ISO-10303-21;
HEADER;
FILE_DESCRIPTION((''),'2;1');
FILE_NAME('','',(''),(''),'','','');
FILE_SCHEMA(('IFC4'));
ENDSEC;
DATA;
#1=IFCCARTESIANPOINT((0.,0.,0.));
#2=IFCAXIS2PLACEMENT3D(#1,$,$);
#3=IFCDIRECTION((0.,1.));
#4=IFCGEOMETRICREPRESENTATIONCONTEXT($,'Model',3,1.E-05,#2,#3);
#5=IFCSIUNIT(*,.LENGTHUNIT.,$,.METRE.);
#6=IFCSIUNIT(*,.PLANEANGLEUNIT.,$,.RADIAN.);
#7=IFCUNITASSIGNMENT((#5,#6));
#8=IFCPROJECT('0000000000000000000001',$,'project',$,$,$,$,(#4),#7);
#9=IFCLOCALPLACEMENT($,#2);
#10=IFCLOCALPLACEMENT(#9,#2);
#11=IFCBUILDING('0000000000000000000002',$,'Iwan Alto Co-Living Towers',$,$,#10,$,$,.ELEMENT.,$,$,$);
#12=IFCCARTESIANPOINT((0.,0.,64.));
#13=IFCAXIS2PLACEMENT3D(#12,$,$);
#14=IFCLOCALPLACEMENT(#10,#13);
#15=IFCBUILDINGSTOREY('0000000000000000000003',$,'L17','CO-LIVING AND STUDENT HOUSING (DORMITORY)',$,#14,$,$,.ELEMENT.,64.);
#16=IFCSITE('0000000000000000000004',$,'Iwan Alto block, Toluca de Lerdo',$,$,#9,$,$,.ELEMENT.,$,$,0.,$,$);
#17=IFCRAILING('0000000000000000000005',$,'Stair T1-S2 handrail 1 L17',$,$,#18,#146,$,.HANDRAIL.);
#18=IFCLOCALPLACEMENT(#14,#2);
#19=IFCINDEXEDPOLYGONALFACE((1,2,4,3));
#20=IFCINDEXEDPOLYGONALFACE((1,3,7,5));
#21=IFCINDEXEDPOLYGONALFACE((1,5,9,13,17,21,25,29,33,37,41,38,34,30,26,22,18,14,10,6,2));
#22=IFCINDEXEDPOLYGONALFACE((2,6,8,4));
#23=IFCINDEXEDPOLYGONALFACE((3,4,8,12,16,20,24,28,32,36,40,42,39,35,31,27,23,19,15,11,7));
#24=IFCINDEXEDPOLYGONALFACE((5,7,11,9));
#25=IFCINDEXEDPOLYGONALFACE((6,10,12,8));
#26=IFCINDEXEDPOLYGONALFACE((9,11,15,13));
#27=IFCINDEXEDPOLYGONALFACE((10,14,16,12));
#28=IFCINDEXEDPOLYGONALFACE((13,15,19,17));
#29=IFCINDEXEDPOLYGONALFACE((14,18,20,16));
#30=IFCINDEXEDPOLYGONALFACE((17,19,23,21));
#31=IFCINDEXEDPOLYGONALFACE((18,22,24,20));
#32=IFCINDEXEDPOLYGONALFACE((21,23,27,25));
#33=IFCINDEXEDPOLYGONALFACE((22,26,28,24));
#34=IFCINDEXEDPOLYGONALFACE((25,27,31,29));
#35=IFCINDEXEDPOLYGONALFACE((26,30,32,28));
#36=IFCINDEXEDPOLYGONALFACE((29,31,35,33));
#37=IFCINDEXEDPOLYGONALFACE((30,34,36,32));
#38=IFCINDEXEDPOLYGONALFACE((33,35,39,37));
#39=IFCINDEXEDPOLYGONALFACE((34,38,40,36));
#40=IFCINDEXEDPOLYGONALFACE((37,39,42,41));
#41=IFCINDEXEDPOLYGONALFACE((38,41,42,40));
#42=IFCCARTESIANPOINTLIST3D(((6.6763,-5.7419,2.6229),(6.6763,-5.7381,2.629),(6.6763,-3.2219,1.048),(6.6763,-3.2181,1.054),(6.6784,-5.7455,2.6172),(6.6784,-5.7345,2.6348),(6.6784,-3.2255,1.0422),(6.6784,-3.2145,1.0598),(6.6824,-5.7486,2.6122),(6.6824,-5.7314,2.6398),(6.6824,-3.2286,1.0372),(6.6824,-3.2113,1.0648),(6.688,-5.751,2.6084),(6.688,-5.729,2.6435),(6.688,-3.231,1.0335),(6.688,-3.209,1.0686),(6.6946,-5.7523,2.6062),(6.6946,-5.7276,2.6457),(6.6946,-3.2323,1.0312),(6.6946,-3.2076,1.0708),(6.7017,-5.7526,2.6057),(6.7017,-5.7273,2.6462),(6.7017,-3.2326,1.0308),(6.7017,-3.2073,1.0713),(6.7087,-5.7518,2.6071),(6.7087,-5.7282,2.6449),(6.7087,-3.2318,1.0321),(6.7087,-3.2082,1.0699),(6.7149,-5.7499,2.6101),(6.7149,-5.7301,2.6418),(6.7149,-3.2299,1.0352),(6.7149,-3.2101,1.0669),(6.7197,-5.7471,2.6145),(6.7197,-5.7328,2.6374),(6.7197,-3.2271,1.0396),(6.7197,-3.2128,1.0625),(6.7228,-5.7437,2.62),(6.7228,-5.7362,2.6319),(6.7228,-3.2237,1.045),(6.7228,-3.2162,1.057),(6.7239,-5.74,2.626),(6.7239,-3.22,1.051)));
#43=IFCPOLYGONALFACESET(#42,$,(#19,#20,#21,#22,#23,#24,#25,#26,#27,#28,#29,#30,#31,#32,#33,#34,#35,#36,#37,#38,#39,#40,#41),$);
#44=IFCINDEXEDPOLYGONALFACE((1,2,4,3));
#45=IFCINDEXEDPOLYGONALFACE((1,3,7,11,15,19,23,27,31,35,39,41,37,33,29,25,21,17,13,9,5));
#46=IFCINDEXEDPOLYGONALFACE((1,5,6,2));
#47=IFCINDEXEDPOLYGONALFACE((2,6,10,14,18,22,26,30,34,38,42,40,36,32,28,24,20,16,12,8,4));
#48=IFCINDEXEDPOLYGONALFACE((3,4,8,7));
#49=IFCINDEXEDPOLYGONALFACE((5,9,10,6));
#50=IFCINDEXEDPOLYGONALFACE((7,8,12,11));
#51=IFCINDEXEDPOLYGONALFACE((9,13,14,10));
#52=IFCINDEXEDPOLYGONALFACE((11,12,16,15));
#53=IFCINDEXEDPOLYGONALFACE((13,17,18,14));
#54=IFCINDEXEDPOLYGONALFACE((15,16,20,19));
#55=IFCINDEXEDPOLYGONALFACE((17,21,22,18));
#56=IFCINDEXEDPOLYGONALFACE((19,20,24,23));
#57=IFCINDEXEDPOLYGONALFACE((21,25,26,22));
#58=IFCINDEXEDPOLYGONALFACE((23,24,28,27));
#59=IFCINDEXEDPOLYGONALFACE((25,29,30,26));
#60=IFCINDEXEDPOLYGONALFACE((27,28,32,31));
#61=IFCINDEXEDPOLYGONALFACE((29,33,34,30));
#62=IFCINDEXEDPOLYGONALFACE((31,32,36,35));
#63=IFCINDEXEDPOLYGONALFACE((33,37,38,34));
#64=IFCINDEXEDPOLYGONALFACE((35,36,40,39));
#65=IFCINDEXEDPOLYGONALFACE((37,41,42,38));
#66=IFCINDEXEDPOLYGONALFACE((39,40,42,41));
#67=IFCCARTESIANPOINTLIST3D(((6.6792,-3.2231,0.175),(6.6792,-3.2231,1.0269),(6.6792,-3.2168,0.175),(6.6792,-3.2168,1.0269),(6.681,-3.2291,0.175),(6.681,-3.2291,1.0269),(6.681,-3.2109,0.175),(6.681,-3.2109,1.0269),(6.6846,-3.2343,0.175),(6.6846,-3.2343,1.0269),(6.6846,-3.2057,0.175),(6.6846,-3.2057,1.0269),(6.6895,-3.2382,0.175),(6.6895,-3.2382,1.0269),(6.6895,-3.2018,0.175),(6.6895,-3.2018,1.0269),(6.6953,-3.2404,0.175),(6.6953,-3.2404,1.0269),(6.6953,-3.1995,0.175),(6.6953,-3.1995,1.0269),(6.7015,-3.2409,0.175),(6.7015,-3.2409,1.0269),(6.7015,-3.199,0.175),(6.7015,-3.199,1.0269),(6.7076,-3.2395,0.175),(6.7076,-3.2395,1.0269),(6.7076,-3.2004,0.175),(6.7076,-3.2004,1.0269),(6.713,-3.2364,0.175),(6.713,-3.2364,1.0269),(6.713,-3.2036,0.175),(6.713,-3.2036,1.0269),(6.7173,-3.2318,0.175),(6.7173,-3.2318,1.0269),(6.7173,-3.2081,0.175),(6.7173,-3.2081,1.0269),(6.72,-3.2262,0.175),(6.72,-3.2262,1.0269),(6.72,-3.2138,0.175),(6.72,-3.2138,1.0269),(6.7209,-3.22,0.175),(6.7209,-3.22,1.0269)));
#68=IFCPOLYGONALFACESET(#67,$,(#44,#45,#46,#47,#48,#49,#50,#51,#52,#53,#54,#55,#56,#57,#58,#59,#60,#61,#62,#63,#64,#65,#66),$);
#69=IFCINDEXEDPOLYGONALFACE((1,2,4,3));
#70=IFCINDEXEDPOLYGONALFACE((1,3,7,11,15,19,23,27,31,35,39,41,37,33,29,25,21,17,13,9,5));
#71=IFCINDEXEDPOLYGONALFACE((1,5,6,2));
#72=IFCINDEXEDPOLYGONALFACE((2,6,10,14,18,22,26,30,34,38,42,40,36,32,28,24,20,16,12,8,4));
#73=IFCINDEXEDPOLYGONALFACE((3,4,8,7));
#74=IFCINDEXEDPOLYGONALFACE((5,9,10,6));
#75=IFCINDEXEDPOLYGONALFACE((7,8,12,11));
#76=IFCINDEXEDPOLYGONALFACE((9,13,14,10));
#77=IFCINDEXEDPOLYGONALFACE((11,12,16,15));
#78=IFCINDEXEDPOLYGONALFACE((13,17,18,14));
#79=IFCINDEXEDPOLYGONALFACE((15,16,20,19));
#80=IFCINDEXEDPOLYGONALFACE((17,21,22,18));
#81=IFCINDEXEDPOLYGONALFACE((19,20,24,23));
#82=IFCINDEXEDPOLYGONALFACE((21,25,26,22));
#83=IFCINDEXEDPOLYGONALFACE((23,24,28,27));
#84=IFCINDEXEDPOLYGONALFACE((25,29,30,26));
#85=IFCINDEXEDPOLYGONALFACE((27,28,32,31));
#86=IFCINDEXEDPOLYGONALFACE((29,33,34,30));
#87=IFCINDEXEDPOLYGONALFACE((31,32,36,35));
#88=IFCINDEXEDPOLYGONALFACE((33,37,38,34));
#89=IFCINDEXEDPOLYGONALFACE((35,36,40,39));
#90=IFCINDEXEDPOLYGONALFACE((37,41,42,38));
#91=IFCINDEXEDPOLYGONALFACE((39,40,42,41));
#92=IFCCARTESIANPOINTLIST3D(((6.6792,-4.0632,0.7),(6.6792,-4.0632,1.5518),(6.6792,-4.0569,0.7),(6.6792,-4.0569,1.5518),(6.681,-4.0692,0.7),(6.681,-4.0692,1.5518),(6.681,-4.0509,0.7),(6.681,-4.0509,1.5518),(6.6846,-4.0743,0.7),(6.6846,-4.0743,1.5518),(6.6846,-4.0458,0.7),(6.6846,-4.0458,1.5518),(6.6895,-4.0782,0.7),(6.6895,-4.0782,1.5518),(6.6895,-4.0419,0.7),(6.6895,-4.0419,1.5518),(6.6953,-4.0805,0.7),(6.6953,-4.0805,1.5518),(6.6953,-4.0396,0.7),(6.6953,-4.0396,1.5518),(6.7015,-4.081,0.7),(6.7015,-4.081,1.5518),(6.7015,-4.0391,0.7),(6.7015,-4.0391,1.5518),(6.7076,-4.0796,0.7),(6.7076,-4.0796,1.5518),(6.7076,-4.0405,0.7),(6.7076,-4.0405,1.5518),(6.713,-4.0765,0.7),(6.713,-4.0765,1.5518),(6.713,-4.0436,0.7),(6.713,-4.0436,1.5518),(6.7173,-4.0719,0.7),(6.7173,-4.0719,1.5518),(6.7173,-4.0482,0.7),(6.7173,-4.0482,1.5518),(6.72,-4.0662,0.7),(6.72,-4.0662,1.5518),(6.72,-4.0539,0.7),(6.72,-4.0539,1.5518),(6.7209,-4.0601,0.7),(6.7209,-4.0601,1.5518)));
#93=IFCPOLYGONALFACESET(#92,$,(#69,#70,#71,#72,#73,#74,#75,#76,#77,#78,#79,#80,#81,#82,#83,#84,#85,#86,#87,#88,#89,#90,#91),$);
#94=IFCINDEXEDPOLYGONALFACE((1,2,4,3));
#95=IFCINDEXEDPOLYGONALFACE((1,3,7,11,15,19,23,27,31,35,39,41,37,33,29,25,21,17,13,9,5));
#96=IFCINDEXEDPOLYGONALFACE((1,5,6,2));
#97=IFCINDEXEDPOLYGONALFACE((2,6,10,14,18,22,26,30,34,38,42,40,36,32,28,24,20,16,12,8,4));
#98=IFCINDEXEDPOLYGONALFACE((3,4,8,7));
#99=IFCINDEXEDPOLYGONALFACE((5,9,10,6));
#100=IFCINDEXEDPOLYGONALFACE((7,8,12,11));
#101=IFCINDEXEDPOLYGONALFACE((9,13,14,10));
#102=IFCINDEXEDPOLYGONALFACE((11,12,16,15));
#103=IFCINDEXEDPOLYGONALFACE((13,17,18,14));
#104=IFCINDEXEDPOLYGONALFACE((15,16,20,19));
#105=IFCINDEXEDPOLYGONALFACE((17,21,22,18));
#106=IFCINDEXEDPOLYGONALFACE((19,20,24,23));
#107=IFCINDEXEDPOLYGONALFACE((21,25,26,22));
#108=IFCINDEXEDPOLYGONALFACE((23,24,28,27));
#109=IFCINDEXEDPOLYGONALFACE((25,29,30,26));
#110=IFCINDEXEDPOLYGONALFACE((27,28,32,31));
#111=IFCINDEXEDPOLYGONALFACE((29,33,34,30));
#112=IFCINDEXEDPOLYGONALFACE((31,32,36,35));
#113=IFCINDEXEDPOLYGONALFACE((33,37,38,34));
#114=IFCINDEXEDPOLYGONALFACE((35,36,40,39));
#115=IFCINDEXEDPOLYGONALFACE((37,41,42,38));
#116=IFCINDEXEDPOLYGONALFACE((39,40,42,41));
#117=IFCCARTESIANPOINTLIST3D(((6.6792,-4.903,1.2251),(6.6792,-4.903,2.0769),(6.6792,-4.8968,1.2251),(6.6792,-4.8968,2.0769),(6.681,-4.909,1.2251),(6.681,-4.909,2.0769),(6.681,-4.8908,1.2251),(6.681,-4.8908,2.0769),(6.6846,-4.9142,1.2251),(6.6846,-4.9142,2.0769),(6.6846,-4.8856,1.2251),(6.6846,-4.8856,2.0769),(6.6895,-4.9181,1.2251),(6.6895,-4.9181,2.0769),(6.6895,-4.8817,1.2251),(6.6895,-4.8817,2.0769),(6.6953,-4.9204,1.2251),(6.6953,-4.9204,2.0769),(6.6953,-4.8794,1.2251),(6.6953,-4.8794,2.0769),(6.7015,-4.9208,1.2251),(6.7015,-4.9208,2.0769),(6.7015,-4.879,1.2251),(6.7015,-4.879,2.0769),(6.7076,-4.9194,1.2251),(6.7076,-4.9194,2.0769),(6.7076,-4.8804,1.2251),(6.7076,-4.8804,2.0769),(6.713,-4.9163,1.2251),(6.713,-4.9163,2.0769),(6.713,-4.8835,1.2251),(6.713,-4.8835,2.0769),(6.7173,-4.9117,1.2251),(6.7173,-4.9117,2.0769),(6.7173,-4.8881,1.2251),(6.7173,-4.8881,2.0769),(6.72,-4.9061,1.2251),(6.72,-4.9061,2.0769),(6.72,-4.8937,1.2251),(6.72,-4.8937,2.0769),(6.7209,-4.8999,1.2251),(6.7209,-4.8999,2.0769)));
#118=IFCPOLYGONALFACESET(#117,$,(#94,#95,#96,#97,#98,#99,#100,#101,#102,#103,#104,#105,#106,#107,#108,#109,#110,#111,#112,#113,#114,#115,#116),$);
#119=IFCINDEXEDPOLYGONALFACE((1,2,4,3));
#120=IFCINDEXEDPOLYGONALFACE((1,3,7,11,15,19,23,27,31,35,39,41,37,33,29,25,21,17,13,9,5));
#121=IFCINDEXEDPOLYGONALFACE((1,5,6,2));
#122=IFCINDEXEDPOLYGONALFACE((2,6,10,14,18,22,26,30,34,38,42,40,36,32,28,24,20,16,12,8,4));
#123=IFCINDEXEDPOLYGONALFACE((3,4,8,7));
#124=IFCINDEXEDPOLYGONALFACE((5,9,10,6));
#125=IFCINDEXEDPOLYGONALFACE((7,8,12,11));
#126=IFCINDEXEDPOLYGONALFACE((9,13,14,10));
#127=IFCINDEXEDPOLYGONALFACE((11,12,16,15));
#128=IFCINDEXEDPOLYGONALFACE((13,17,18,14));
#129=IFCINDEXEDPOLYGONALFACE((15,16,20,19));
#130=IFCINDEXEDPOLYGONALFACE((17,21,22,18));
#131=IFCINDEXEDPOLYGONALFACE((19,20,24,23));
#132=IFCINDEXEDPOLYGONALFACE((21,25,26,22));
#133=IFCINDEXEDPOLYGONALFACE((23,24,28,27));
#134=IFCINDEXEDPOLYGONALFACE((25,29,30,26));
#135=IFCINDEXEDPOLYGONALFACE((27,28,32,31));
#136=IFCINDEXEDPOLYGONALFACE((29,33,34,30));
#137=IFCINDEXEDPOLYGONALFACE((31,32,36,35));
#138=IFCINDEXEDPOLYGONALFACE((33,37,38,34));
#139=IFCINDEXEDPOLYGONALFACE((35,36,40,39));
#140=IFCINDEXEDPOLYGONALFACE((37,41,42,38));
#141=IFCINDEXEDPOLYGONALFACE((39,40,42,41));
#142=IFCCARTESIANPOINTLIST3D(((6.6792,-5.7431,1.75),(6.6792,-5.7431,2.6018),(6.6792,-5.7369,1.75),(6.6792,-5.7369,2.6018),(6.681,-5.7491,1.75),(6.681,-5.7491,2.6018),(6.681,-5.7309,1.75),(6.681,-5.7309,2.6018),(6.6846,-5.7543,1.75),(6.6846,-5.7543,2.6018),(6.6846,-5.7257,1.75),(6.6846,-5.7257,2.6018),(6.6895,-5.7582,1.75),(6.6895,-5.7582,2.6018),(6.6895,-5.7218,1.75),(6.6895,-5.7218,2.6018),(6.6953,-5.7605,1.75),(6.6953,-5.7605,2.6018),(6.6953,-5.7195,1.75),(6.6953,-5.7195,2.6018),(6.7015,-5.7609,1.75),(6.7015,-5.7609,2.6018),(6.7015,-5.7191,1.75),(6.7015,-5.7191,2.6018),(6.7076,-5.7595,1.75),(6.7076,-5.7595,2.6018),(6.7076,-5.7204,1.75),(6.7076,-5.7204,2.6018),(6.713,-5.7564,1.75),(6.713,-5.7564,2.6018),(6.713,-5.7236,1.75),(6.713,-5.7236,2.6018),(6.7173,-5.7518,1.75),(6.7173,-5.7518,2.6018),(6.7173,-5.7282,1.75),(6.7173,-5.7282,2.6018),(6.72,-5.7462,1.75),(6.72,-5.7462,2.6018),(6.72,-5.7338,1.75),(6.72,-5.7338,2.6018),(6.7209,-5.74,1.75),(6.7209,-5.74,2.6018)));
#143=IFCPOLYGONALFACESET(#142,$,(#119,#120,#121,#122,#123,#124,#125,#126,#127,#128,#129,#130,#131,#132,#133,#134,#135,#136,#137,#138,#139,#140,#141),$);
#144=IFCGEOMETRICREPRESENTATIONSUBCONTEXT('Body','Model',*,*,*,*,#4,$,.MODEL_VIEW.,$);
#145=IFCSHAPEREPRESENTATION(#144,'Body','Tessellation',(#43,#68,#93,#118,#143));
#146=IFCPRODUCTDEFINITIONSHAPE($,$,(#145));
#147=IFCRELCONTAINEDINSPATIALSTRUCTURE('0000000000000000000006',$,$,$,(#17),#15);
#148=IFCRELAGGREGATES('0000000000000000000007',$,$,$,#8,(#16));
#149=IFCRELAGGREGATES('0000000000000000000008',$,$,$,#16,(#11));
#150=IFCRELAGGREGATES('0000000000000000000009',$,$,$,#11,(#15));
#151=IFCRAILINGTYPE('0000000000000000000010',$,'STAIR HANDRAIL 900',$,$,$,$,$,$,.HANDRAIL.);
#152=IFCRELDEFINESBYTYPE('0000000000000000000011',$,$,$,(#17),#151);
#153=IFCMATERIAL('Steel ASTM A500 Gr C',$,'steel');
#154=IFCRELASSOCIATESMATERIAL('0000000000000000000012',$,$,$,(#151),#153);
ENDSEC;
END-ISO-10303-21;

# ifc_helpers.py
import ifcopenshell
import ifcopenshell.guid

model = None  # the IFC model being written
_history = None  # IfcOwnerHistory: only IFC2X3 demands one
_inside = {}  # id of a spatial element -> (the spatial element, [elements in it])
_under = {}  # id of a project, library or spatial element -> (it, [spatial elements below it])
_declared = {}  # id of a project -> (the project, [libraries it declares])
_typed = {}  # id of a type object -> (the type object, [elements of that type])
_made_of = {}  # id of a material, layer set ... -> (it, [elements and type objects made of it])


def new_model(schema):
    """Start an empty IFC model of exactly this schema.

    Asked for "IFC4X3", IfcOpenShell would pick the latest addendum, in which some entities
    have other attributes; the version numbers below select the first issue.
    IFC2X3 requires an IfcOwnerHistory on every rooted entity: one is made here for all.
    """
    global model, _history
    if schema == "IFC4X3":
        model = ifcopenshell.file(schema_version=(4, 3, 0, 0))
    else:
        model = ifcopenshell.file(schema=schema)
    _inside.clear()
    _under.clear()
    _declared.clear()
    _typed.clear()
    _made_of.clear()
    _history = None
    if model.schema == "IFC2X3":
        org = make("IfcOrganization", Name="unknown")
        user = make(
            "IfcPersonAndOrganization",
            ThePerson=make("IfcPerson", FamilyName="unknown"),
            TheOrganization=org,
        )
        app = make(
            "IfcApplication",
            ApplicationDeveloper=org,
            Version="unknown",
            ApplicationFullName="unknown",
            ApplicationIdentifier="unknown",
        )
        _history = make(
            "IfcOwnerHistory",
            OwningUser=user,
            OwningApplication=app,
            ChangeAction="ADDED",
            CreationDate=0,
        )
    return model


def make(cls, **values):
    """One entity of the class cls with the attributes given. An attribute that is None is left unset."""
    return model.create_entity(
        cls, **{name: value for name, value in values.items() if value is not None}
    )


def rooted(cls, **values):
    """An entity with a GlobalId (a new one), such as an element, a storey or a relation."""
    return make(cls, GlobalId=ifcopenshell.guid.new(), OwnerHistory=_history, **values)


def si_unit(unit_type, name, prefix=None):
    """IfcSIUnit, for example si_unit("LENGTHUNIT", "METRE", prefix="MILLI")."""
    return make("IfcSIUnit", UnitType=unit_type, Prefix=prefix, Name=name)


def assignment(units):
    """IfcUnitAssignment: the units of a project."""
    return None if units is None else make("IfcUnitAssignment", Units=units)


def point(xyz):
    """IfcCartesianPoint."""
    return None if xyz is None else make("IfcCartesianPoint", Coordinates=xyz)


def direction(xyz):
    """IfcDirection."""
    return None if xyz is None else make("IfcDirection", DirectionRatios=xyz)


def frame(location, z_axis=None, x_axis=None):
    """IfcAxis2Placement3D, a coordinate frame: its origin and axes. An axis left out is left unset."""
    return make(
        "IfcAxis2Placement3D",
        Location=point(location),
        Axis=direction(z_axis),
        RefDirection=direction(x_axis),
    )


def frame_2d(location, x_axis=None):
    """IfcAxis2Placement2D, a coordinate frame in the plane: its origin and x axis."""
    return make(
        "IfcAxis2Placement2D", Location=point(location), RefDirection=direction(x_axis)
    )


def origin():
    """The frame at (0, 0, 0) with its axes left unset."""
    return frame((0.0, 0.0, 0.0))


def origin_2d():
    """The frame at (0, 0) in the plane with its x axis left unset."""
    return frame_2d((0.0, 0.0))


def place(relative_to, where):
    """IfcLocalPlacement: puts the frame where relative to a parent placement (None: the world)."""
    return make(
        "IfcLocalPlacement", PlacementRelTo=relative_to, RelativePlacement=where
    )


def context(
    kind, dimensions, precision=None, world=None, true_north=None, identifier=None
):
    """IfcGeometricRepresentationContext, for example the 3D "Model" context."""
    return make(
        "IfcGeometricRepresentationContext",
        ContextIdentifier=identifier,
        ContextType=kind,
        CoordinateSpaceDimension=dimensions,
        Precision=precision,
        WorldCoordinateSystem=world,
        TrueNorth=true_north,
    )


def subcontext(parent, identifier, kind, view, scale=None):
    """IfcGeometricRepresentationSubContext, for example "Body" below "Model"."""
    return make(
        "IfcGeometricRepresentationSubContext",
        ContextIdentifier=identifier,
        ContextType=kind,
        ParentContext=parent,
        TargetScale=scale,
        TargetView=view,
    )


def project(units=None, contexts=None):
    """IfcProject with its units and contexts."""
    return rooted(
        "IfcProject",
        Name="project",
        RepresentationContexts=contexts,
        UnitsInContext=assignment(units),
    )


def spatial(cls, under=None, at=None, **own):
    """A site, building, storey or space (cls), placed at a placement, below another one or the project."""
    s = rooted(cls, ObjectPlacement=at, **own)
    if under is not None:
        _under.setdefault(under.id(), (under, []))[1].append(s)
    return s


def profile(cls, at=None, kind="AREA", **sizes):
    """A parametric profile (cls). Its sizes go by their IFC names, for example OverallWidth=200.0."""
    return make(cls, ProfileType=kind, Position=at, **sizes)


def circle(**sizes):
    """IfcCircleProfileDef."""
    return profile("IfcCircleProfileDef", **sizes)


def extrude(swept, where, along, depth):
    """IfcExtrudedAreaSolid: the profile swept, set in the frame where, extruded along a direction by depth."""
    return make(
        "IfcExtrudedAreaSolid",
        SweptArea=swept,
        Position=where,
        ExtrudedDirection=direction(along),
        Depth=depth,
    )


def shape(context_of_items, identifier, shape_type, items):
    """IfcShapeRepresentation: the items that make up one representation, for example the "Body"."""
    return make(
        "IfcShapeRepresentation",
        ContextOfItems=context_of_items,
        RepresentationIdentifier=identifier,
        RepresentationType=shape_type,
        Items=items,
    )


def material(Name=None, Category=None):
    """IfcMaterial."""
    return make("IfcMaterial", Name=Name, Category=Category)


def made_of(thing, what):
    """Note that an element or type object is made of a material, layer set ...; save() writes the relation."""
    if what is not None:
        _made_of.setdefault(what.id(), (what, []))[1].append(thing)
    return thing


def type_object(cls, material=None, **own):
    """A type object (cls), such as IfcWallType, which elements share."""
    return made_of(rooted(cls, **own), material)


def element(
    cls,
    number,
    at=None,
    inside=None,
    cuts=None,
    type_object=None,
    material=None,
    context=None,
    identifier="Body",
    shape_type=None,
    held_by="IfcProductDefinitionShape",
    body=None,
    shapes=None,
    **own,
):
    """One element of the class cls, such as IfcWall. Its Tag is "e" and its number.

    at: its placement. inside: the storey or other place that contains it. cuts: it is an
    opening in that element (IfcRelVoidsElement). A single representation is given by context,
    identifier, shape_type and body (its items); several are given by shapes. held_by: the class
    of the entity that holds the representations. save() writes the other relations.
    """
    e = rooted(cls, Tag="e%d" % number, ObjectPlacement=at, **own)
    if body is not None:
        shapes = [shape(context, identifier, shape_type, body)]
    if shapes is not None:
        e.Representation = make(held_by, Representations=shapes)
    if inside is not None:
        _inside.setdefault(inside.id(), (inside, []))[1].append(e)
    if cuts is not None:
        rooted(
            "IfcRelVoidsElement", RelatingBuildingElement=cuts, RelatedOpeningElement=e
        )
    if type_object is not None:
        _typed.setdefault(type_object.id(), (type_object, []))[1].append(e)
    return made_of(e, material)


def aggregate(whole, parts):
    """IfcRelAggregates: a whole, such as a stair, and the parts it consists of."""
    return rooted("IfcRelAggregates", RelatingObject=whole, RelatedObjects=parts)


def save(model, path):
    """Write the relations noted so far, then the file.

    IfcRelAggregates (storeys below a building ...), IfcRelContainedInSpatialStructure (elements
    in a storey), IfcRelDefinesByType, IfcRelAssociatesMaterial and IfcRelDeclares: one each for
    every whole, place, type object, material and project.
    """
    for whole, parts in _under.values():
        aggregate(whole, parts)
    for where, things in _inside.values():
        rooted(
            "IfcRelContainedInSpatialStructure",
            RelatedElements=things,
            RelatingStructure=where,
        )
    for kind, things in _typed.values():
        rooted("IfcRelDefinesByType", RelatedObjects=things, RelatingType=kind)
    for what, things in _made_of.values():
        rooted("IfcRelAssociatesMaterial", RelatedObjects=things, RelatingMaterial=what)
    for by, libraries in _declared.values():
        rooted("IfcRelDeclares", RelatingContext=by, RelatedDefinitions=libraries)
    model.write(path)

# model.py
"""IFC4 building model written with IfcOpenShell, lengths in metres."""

from ifc_helpers import new_model, si_unit, direction, frame, origin, origin_2d, place, context, subcontext, project, spatial, circle, extrude, material, type_object, element, save


model = new_model("IFC4")

# Units and contexts
model_context = context("Model", 3, precision=1e-05, world=origin(), true_north=direction((0.0, 1.0)))
body_context = subcontext(model_context, "Body", "Model", "MODEL_VIEW")
ifc_project = project(units=[si_unit("LENGTHUNIT", "METRE"), si_unit("PLANEANGLEUNIT", "RADIAN")], contexts=[model_context])

# Site, building, storey
site_placement = place(None, origin())
site = spatial("IfcSite", under=ifc_project, at=site_placement, Name="Iwan Alto block, Toluca de Lerdo", CompositionType="ELEMENT", RefElevation=0.0)
building_placement = place(site_placement, origin())
building = spatial("IfcBuilding", under=site, at=building_placement, Name="Iwan Alto Co-Living Towers", CompositionType="ELEMENT")
storey_placement = place(building_placement, frame((0.0, 0.0, 64.0)))
storey = spatial("IfcBuildingStorey", under=building, at=storey_placement, Name="L17", Description="CO-LIVING AND STUDENT HOUSING (DORMITORY)", CompositionType="ELEMENT", Elevation=64.0)

# Railing
ifc_material_1 = material(Name="Steel ASTM A500 Gr C", Category="steel")
railing_type_1 = type_object("IfcRailingType", Name="STAIR HANDRAIL 900", PredefinedType="HANDRAIL", material=ifc_material_1)
railing_1_placement = place(storey_placement, frame((6.7, -3.22, 0.175)))
element("IfcRailing", 1, at=railing_1_placement, inside=storey, type_object=railing_type_1, Name="Stair T1-S2 handrail 1 L17", PredefinedType="HANDRAIL", context=body_context, shape_type="SweptSolid", body=[
    extrude(circle(Radius=0.0239, at=origin_2d()), frame((0.0, 0.0, 0.876), z_axis=(0.0, -0.848008, 0.529984), x_axis=(1.0, 0.0, 0.0)), (0.0, 0.0, 1.0), 2.9717),
    extrude(circle(Radius=0.021, at=origin_2d()), origin(), (0.0, 0.0, 1.0), 0.8518),
    extrude(circle(Radius=0.021, at=origin_2d()), frame((0.0, -0.8401, 0.5249)), (0.0, 0.0, 1.0), 0.8518),
    extrude(circle(Radius=0.021, at=origin_2d()), frame((0.0, -1.6799, 1.05)), (0.0, 0.0, 1.0), 0.8518),
    extrude(circle(Radius=0.021, at=origin_2d()), frame((0.0, -2.52, 1.575)), (0.0, 0.0, 1.0), 0.8518),
])

save(model, "model.ifc")
